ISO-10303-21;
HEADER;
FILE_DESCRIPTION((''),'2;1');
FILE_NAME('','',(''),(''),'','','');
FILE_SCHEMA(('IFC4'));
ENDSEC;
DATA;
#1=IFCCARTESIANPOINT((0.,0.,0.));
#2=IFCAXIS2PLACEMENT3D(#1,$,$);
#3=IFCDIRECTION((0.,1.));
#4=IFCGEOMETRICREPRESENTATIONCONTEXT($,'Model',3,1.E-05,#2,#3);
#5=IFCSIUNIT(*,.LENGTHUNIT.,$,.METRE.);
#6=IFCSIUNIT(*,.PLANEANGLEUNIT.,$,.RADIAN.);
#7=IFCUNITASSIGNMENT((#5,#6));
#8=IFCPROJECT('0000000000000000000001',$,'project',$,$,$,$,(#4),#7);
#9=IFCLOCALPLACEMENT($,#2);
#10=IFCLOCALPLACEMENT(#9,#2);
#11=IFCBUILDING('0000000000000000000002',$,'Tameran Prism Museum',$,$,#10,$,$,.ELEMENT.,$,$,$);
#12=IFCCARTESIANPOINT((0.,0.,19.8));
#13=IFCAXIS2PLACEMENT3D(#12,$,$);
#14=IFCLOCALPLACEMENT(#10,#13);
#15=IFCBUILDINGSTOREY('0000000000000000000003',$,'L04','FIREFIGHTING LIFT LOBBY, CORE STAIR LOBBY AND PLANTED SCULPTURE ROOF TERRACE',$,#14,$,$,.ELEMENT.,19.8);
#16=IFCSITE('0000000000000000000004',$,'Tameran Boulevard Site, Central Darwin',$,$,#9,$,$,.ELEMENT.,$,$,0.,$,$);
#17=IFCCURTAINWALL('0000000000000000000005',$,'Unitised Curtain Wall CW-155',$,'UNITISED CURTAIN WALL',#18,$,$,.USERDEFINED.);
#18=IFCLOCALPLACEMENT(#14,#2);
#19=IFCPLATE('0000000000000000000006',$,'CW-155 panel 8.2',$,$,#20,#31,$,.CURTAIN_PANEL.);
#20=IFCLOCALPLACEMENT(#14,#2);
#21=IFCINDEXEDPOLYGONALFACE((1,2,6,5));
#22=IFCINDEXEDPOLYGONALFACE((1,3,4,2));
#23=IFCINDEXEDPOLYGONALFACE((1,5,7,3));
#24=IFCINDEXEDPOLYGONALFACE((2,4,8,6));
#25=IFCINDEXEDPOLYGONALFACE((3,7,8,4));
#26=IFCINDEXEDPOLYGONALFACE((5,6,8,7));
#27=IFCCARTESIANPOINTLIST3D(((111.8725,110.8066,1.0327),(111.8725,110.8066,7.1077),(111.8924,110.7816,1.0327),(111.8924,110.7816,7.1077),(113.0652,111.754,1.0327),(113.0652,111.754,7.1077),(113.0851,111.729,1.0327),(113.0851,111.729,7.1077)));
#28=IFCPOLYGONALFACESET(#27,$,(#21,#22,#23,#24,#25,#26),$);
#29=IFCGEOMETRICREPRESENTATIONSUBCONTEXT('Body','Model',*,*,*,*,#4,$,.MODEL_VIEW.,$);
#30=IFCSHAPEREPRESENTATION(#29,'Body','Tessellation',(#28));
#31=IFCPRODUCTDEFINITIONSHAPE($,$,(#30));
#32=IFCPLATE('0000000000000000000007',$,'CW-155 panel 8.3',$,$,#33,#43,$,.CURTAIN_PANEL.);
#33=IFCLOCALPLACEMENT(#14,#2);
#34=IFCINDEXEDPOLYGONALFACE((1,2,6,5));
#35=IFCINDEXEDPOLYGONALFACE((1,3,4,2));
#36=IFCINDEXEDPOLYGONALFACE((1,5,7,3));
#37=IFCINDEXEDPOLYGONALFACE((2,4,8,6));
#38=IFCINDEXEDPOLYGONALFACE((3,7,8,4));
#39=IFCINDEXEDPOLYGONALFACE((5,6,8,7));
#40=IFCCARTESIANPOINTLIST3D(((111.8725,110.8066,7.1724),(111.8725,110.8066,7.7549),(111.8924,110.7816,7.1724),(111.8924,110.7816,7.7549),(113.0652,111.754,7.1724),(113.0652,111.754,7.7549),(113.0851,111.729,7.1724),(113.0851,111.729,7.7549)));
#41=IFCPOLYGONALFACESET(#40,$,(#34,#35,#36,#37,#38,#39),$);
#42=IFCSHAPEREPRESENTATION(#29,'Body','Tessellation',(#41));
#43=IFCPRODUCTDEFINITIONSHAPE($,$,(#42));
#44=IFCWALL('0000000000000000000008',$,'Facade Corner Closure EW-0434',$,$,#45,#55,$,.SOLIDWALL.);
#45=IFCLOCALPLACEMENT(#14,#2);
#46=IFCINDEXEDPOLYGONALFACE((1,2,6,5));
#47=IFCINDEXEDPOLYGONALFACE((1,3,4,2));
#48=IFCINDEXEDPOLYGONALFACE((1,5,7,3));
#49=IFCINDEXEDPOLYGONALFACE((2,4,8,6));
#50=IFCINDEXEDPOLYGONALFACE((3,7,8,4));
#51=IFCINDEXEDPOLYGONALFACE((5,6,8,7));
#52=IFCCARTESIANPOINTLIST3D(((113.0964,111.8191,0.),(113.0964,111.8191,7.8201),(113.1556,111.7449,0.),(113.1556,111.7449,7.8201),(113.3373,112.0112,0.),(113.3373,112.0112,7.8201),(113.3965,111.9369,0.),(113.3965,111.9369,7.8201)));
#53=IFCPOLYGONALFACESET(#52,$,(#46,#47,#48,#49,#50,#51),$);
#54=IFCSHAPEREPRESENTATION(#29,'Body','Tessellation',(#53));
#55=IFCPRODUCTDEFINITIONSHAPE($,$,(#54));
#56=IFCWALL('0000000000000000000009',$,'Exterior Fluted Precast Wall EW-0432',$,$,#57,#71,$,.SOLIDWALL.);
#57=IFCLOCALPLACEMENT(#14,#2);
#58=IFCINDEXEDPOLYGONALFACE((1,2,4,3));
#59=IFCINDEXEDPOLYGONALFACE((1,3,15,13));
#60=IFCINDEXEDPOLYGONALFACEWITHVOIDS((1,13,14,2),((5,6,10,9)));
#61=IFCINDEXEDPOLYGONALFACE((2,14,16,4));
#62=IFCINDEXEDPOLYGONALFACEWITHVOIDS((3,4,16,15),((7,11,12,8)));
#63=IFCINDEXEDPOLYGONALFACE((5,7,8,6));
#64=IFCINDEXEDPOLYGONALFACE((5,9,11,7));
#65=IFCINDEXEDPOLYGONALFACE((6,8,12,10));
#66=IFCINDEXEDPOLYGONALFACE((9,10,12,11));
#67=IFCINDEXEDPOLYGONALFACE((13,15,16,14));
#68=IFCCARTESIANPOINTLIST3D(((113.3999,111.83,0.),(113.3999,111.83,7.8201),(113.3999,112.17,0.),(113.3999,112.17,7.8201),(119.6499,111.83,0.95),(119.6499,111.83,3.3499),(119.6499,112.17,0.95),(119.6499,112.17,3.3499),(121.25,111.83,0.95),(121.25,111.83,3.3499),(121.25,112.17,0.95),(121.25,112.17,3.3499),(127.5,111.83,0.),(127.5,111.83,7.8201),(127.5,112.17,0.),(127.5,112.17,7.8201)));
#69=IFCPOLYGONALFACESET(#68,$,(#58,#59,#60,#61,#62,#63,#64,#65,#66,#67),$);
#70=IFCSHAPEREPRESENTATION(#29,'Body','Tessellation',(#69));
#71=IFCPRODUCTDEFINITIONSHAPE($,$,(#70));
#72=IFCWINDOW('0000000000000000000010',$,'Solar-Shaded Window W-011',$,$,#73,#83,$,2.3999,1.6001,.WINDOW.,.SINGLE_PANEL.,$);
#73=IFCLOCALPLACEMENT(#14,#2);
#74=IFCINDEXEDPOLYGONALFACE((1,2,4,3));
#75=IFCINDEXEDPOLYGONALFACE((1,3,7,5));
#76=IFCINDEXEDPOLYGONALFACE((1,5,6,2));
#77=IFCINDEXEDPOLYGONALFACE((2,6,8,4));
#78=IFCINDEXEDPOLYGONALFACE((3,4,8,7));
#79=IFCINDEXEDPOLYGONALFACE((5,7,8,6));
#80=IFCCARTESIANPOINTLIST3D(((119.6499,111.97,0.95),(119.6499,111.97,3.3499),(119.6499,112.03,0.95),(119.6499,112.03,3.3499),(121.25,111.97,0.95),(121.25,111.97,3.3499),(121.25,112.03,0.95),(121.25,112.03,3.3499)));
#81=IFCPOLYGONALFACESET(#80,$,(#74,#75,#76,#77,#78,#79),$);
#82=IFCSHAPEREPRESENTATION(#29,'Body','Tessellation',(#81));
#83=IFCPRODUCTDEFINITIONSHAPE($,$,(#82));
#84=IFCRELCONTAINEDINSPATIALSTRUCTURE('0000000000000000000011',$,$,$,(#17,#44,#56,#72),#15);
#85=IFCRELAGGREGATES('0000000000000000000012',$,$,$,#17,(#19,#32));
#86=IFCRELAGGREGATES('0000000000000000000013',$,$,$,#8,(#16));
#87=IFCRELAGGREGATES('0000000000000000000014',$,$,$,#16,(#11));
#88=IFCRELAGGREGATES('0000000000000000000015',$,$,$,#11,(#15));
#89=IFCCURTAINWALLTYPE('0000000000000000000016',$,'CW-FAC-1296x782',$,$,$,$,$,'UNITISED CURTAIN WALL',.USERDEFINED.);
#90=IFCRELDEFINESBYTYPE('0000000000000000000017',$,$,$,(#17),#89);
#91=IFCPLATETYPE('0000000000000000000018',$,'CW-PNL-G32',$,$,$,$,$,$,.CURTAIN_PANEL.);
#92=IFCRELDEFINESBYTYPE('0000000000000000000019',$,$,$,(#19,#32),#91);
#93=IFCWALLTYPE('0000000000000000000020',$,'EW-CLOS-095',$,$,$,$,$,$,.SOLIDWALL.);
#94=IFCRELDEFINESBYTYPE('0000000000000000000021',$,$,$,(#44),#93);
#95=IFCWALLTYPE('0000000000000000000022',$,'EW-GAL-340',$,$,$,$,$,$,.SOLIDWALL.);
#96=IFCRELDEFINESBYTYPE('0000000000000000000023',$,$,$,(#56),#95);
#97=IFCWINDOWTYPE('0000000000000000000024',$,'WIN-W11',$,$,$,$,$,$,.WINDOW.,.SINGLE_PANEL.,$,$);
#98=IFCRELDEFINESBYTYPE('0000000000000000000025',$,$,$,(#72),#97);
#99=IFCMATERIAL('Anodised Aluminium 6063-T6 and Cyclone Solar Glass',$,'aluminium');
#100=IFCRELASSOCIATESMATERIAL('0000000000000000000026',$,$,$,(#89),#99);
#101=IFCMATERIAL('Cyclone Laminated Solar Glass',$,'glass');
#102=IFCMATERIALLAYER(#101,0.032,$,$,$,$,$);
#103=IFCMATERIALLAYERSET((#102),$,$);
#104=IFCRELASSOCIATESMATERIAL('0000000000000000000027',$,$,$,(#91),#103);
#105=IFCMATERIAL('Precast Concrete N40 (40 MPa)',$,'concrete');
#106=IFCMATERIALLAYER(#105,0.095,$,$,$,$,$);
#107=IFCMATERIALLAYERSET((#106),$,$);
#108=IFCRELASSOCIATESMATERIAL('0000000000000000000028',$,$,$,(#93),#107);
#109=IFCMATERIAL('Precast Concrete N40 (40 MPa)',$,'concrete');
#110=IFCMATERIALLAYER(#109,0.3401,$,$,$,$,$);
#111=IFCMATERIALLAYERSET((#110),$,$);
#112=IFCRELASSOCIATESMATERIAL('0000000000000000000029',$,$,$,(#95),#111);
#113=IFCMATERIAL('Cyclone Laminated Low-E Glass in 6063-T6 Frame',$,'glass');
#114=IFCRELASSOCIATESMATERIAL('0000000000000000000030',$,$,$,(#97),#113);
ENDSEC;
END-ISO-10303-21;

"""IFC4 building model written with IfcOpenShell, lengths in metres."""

from ifc_helpers import new_model, si_unit, direction, frame, frame_2d, origin, origin_2d, place, context, subcontext, project, spatial, rectangle, extrude, material, layer, layer_set, type_object, element, fill, aggregate, save


model = new_model("IFC4")

# Units and contexts
model_context = context("Model", 3, precision=1e-05, world=origin(), true_north=direction((0.0, 1.0)))
body_context = subcontext(model_context, "Body", "Model", "MODEL_VIEW")
ifc_project = project(units=[si_unit("LENGTHUNIT", "METRE"), si_unit("PLANEANGLEUNIT", "RADIAN")], contexts=[model_context])

# Site, building, storey
site_placement = place(None, origin())
site = spatial("IfcSite", under=ifc_project, at=site_placement, Name="Tameran Boulevard Site, Central Darwin", CompositionType="ELEMENT", RefElevation=0.0)
building_placement = place(site_placement, origin())
building = spatial("IfcBuilding", under=site, at=building_placement, Name="Tameran Prism Museum", CompositionType="ELEMENT")
storey_placement = place(building_placement, frame((0.0, 0.0, 19.8)))
storey = spatial("IfcBuildingStorey", under=building, at=storey_placement, Name="L04", Description="FIREFIGHTING LIFT LOBBY, CORE STAIR LOBBY AND PLANTED SCULPTURE ROOF TERRACE", CompositionType="ELEMENT", Elevation=19.8)

# Curtain wall, plates
ifc_material_1 = material(Name="Anodised Aluminium 6063-T6 and Cyclone Solar Glass", Category="aluminium")
curtain_wall_type = type_object("IfcCurtainWallType", Name="CW-FAC-1296x782", ElementType="UNITISED CURTAIN WALL", PredefinedType="USERDEFINED", material=ifc_material_1)
curtain_wall_placement = place(storey_placement, origin())
curtain_wall = element("IfcCurtainWall", 1, at=curtain_wall_placement, inside=storey, type_object=curtain_wall_type, Name="Unitised Curtain Wall CW-155", ObjectType="UNITISED CURTAIN WALL", PredefinedType="USERDEFINED")
ifc_material_2 = material(Name="Cyclone Laminated Solar Glass", Category="glass")
ifc_layer_1 = layer(ifc_material_2, 0.032)
ifc_layer_set_1 = layer_set([ifc_layer_1])
plate_type = type_object("IfcPlateType", Name="CW-PNL-G32", PredefinedType="CURTAIN_PANEL", material=ifc_layer_set_1)
plate_1_placement = place(storey_placement, frame((112.4788, 111.2678, 1.0327), z_axis=(0.0, 0.0, 1.0), x_axis=(0.783031, 0.621982, 0.0)))
plate_1 = element("IfcPlate", 2, at=plate_1_placement, type_object=plate_type, Name="CW-155 panel 8.2", PredefinedType="CURTAIN_PANEL", context=body_context, shape_type="SweptSolid", body=[
    extrude(rectangle(XDim=1.5232, YDim=0.032, at=origin_2d()), origin(), (0.0, 0.0, 1.0), 6.075),
])
plate_2_placement = place(storey_placement, frame((112.4788, 111.2678, 7.1724), z_axis=(0.0, 0.0, 1.0), x_axis=(0.783031, 0.621982, 0.0)))
plate_2 = element("IfcPlate", 3, at=plate_2_placement, type_object=plate_type, Name="CW-155 panel 8.3", PredefinedType="CURTAIN_PANEL", context=body_context, shape_type="SweptSolid", body=[
    extrude(rectangle(XDim=1.5232, YDim=0.032, at=origin_2d()), origin(), (0.0, 0.0, 1.0), 0.5825),
])
aggregate(curtain_wall, [plate_1, plate_2])

# Wall
ifc_material_3 = material(Name="Precast Concrete N40 (40 MPa)", Category="concrete")
ifc_layer_2 = layer(ifc_material_3, 0.095)
ifc_layer_set_2 = layer_set([ifc_layer_2])
wall_type_1 = type_object("IfcWallType", Name="EW-CLOS-095", PredefinedType="SOLIDWALL", material=ifc_layer_set_2)
wall_1_placement = place(storey_placement, frame((113.126, 111.782, 0.0), z_axis=(0.0, 0.0, 1.0), x_axis=(0.781873, 0.623438, 0.0)))
element("IfcWall", 4, at=wall_1_placement, inside=storey, type_object=wall_type_1, Name="Facade Corner Closure EW-0434", PredefinedType="SOLIDWALL", context=body_context, shape_type="SweptSolid", body=[
    extrude(rectangle(XDim=0.3081, YDim=0.095, at=frame_2d((0.1541, 0.0))), origin(), (0.0, 0.0, 1.0), 7.8201),
])

# Wall, opening, window
ifc_material_4 = material(Name="Precast Concrete N40 (40 MPa)", Category="concrete")
ifc_layer_3 = layer(ifc_material_4, 0.3401)
ifc_layer_set_3 = layer_set([ifc_layer_3])
wall_type_2 = type_object("IfcWallType", Name="EW-GAL-340", PredefinedType="SOLIDWALL", material=ifc_layer_set_3)
wall_2_placement = place(storey_placement, frame((113.3999, 112.0, 0.0), z_axis=(0.0, 0.0, 1.0), x_axis=(1.0, 0.0, 0.0)))
wall_2 = element("IfcWall", 5, at=wall_2_placement, inside=storey, type_object=wall_type_2, Name="Exterior Fluted Precast Wall EW-0432", PredefinedType="SOLIDWALL", context=body_context, shape_type="SweptSolid", body=[
    extrude(rectangle(XDim=14.1001, YDim=0.3401, at=frame_2d((7.05, 0.0))), origin(), (0.0, 0.0, 1.0), 7.8201),
])
opening_placement = place(wall_2_placement, frame((6.25, 0.0, 0.95)))
opening = element("IfcOpeningElement", 6, at=opening_placement, cuts=wall_2, PredefinedType="OPENING", context=body_context, shape_type="SweptSolid", body=[
    extrude(rectangle(XDim=1.6001, YDim=2.3999, at=frame_2d((0.8, 1.2))), frame((0.0, 0.1799, 0.0), z_axis=(0.0, -1.0, 0.0), x_axis=(1.0, 0.0, 0.0)), (0.0, 0.0, 1.0), 0.3601),
])
ifc_material_5 = material(Name="Cyclone Laminated Low-E Glass in 6063-T6 Frame", Category="glass")
window_type = type_object("IfcWindowType", Name="WIN-W11", PartitioningType="SINGLE_PANEL", PredefinedType="WINDOW", material=ifc_material_5)
window_placement = place(opening_placement, origin())
window = element("IfcWindow", 7, at=window_placement, inside=storey, type_object=window_type, Name="Solar-Shaded Window W-011", OverallHeight=2.3999, OverallWidth=1.6001, PartitioningType="SINGLE_PANEL", PredefinedType="WINDOW", context=body_context, shape_type="SweptSolid", body=[
    extrude(rectangle(XDim=1.6001, YDim=2.3999, at=frame_2d((0.8, 1.2))), frame((0.0, 0.03, 0.0), z_axis=(0.0, -1.0, 0.0), x_axis=(1.0, 0.0, 0.0)), (0.0, 0.0, 1.0), 0.0601),
])
fill(opening, window)

save(model, "model.ifc")
